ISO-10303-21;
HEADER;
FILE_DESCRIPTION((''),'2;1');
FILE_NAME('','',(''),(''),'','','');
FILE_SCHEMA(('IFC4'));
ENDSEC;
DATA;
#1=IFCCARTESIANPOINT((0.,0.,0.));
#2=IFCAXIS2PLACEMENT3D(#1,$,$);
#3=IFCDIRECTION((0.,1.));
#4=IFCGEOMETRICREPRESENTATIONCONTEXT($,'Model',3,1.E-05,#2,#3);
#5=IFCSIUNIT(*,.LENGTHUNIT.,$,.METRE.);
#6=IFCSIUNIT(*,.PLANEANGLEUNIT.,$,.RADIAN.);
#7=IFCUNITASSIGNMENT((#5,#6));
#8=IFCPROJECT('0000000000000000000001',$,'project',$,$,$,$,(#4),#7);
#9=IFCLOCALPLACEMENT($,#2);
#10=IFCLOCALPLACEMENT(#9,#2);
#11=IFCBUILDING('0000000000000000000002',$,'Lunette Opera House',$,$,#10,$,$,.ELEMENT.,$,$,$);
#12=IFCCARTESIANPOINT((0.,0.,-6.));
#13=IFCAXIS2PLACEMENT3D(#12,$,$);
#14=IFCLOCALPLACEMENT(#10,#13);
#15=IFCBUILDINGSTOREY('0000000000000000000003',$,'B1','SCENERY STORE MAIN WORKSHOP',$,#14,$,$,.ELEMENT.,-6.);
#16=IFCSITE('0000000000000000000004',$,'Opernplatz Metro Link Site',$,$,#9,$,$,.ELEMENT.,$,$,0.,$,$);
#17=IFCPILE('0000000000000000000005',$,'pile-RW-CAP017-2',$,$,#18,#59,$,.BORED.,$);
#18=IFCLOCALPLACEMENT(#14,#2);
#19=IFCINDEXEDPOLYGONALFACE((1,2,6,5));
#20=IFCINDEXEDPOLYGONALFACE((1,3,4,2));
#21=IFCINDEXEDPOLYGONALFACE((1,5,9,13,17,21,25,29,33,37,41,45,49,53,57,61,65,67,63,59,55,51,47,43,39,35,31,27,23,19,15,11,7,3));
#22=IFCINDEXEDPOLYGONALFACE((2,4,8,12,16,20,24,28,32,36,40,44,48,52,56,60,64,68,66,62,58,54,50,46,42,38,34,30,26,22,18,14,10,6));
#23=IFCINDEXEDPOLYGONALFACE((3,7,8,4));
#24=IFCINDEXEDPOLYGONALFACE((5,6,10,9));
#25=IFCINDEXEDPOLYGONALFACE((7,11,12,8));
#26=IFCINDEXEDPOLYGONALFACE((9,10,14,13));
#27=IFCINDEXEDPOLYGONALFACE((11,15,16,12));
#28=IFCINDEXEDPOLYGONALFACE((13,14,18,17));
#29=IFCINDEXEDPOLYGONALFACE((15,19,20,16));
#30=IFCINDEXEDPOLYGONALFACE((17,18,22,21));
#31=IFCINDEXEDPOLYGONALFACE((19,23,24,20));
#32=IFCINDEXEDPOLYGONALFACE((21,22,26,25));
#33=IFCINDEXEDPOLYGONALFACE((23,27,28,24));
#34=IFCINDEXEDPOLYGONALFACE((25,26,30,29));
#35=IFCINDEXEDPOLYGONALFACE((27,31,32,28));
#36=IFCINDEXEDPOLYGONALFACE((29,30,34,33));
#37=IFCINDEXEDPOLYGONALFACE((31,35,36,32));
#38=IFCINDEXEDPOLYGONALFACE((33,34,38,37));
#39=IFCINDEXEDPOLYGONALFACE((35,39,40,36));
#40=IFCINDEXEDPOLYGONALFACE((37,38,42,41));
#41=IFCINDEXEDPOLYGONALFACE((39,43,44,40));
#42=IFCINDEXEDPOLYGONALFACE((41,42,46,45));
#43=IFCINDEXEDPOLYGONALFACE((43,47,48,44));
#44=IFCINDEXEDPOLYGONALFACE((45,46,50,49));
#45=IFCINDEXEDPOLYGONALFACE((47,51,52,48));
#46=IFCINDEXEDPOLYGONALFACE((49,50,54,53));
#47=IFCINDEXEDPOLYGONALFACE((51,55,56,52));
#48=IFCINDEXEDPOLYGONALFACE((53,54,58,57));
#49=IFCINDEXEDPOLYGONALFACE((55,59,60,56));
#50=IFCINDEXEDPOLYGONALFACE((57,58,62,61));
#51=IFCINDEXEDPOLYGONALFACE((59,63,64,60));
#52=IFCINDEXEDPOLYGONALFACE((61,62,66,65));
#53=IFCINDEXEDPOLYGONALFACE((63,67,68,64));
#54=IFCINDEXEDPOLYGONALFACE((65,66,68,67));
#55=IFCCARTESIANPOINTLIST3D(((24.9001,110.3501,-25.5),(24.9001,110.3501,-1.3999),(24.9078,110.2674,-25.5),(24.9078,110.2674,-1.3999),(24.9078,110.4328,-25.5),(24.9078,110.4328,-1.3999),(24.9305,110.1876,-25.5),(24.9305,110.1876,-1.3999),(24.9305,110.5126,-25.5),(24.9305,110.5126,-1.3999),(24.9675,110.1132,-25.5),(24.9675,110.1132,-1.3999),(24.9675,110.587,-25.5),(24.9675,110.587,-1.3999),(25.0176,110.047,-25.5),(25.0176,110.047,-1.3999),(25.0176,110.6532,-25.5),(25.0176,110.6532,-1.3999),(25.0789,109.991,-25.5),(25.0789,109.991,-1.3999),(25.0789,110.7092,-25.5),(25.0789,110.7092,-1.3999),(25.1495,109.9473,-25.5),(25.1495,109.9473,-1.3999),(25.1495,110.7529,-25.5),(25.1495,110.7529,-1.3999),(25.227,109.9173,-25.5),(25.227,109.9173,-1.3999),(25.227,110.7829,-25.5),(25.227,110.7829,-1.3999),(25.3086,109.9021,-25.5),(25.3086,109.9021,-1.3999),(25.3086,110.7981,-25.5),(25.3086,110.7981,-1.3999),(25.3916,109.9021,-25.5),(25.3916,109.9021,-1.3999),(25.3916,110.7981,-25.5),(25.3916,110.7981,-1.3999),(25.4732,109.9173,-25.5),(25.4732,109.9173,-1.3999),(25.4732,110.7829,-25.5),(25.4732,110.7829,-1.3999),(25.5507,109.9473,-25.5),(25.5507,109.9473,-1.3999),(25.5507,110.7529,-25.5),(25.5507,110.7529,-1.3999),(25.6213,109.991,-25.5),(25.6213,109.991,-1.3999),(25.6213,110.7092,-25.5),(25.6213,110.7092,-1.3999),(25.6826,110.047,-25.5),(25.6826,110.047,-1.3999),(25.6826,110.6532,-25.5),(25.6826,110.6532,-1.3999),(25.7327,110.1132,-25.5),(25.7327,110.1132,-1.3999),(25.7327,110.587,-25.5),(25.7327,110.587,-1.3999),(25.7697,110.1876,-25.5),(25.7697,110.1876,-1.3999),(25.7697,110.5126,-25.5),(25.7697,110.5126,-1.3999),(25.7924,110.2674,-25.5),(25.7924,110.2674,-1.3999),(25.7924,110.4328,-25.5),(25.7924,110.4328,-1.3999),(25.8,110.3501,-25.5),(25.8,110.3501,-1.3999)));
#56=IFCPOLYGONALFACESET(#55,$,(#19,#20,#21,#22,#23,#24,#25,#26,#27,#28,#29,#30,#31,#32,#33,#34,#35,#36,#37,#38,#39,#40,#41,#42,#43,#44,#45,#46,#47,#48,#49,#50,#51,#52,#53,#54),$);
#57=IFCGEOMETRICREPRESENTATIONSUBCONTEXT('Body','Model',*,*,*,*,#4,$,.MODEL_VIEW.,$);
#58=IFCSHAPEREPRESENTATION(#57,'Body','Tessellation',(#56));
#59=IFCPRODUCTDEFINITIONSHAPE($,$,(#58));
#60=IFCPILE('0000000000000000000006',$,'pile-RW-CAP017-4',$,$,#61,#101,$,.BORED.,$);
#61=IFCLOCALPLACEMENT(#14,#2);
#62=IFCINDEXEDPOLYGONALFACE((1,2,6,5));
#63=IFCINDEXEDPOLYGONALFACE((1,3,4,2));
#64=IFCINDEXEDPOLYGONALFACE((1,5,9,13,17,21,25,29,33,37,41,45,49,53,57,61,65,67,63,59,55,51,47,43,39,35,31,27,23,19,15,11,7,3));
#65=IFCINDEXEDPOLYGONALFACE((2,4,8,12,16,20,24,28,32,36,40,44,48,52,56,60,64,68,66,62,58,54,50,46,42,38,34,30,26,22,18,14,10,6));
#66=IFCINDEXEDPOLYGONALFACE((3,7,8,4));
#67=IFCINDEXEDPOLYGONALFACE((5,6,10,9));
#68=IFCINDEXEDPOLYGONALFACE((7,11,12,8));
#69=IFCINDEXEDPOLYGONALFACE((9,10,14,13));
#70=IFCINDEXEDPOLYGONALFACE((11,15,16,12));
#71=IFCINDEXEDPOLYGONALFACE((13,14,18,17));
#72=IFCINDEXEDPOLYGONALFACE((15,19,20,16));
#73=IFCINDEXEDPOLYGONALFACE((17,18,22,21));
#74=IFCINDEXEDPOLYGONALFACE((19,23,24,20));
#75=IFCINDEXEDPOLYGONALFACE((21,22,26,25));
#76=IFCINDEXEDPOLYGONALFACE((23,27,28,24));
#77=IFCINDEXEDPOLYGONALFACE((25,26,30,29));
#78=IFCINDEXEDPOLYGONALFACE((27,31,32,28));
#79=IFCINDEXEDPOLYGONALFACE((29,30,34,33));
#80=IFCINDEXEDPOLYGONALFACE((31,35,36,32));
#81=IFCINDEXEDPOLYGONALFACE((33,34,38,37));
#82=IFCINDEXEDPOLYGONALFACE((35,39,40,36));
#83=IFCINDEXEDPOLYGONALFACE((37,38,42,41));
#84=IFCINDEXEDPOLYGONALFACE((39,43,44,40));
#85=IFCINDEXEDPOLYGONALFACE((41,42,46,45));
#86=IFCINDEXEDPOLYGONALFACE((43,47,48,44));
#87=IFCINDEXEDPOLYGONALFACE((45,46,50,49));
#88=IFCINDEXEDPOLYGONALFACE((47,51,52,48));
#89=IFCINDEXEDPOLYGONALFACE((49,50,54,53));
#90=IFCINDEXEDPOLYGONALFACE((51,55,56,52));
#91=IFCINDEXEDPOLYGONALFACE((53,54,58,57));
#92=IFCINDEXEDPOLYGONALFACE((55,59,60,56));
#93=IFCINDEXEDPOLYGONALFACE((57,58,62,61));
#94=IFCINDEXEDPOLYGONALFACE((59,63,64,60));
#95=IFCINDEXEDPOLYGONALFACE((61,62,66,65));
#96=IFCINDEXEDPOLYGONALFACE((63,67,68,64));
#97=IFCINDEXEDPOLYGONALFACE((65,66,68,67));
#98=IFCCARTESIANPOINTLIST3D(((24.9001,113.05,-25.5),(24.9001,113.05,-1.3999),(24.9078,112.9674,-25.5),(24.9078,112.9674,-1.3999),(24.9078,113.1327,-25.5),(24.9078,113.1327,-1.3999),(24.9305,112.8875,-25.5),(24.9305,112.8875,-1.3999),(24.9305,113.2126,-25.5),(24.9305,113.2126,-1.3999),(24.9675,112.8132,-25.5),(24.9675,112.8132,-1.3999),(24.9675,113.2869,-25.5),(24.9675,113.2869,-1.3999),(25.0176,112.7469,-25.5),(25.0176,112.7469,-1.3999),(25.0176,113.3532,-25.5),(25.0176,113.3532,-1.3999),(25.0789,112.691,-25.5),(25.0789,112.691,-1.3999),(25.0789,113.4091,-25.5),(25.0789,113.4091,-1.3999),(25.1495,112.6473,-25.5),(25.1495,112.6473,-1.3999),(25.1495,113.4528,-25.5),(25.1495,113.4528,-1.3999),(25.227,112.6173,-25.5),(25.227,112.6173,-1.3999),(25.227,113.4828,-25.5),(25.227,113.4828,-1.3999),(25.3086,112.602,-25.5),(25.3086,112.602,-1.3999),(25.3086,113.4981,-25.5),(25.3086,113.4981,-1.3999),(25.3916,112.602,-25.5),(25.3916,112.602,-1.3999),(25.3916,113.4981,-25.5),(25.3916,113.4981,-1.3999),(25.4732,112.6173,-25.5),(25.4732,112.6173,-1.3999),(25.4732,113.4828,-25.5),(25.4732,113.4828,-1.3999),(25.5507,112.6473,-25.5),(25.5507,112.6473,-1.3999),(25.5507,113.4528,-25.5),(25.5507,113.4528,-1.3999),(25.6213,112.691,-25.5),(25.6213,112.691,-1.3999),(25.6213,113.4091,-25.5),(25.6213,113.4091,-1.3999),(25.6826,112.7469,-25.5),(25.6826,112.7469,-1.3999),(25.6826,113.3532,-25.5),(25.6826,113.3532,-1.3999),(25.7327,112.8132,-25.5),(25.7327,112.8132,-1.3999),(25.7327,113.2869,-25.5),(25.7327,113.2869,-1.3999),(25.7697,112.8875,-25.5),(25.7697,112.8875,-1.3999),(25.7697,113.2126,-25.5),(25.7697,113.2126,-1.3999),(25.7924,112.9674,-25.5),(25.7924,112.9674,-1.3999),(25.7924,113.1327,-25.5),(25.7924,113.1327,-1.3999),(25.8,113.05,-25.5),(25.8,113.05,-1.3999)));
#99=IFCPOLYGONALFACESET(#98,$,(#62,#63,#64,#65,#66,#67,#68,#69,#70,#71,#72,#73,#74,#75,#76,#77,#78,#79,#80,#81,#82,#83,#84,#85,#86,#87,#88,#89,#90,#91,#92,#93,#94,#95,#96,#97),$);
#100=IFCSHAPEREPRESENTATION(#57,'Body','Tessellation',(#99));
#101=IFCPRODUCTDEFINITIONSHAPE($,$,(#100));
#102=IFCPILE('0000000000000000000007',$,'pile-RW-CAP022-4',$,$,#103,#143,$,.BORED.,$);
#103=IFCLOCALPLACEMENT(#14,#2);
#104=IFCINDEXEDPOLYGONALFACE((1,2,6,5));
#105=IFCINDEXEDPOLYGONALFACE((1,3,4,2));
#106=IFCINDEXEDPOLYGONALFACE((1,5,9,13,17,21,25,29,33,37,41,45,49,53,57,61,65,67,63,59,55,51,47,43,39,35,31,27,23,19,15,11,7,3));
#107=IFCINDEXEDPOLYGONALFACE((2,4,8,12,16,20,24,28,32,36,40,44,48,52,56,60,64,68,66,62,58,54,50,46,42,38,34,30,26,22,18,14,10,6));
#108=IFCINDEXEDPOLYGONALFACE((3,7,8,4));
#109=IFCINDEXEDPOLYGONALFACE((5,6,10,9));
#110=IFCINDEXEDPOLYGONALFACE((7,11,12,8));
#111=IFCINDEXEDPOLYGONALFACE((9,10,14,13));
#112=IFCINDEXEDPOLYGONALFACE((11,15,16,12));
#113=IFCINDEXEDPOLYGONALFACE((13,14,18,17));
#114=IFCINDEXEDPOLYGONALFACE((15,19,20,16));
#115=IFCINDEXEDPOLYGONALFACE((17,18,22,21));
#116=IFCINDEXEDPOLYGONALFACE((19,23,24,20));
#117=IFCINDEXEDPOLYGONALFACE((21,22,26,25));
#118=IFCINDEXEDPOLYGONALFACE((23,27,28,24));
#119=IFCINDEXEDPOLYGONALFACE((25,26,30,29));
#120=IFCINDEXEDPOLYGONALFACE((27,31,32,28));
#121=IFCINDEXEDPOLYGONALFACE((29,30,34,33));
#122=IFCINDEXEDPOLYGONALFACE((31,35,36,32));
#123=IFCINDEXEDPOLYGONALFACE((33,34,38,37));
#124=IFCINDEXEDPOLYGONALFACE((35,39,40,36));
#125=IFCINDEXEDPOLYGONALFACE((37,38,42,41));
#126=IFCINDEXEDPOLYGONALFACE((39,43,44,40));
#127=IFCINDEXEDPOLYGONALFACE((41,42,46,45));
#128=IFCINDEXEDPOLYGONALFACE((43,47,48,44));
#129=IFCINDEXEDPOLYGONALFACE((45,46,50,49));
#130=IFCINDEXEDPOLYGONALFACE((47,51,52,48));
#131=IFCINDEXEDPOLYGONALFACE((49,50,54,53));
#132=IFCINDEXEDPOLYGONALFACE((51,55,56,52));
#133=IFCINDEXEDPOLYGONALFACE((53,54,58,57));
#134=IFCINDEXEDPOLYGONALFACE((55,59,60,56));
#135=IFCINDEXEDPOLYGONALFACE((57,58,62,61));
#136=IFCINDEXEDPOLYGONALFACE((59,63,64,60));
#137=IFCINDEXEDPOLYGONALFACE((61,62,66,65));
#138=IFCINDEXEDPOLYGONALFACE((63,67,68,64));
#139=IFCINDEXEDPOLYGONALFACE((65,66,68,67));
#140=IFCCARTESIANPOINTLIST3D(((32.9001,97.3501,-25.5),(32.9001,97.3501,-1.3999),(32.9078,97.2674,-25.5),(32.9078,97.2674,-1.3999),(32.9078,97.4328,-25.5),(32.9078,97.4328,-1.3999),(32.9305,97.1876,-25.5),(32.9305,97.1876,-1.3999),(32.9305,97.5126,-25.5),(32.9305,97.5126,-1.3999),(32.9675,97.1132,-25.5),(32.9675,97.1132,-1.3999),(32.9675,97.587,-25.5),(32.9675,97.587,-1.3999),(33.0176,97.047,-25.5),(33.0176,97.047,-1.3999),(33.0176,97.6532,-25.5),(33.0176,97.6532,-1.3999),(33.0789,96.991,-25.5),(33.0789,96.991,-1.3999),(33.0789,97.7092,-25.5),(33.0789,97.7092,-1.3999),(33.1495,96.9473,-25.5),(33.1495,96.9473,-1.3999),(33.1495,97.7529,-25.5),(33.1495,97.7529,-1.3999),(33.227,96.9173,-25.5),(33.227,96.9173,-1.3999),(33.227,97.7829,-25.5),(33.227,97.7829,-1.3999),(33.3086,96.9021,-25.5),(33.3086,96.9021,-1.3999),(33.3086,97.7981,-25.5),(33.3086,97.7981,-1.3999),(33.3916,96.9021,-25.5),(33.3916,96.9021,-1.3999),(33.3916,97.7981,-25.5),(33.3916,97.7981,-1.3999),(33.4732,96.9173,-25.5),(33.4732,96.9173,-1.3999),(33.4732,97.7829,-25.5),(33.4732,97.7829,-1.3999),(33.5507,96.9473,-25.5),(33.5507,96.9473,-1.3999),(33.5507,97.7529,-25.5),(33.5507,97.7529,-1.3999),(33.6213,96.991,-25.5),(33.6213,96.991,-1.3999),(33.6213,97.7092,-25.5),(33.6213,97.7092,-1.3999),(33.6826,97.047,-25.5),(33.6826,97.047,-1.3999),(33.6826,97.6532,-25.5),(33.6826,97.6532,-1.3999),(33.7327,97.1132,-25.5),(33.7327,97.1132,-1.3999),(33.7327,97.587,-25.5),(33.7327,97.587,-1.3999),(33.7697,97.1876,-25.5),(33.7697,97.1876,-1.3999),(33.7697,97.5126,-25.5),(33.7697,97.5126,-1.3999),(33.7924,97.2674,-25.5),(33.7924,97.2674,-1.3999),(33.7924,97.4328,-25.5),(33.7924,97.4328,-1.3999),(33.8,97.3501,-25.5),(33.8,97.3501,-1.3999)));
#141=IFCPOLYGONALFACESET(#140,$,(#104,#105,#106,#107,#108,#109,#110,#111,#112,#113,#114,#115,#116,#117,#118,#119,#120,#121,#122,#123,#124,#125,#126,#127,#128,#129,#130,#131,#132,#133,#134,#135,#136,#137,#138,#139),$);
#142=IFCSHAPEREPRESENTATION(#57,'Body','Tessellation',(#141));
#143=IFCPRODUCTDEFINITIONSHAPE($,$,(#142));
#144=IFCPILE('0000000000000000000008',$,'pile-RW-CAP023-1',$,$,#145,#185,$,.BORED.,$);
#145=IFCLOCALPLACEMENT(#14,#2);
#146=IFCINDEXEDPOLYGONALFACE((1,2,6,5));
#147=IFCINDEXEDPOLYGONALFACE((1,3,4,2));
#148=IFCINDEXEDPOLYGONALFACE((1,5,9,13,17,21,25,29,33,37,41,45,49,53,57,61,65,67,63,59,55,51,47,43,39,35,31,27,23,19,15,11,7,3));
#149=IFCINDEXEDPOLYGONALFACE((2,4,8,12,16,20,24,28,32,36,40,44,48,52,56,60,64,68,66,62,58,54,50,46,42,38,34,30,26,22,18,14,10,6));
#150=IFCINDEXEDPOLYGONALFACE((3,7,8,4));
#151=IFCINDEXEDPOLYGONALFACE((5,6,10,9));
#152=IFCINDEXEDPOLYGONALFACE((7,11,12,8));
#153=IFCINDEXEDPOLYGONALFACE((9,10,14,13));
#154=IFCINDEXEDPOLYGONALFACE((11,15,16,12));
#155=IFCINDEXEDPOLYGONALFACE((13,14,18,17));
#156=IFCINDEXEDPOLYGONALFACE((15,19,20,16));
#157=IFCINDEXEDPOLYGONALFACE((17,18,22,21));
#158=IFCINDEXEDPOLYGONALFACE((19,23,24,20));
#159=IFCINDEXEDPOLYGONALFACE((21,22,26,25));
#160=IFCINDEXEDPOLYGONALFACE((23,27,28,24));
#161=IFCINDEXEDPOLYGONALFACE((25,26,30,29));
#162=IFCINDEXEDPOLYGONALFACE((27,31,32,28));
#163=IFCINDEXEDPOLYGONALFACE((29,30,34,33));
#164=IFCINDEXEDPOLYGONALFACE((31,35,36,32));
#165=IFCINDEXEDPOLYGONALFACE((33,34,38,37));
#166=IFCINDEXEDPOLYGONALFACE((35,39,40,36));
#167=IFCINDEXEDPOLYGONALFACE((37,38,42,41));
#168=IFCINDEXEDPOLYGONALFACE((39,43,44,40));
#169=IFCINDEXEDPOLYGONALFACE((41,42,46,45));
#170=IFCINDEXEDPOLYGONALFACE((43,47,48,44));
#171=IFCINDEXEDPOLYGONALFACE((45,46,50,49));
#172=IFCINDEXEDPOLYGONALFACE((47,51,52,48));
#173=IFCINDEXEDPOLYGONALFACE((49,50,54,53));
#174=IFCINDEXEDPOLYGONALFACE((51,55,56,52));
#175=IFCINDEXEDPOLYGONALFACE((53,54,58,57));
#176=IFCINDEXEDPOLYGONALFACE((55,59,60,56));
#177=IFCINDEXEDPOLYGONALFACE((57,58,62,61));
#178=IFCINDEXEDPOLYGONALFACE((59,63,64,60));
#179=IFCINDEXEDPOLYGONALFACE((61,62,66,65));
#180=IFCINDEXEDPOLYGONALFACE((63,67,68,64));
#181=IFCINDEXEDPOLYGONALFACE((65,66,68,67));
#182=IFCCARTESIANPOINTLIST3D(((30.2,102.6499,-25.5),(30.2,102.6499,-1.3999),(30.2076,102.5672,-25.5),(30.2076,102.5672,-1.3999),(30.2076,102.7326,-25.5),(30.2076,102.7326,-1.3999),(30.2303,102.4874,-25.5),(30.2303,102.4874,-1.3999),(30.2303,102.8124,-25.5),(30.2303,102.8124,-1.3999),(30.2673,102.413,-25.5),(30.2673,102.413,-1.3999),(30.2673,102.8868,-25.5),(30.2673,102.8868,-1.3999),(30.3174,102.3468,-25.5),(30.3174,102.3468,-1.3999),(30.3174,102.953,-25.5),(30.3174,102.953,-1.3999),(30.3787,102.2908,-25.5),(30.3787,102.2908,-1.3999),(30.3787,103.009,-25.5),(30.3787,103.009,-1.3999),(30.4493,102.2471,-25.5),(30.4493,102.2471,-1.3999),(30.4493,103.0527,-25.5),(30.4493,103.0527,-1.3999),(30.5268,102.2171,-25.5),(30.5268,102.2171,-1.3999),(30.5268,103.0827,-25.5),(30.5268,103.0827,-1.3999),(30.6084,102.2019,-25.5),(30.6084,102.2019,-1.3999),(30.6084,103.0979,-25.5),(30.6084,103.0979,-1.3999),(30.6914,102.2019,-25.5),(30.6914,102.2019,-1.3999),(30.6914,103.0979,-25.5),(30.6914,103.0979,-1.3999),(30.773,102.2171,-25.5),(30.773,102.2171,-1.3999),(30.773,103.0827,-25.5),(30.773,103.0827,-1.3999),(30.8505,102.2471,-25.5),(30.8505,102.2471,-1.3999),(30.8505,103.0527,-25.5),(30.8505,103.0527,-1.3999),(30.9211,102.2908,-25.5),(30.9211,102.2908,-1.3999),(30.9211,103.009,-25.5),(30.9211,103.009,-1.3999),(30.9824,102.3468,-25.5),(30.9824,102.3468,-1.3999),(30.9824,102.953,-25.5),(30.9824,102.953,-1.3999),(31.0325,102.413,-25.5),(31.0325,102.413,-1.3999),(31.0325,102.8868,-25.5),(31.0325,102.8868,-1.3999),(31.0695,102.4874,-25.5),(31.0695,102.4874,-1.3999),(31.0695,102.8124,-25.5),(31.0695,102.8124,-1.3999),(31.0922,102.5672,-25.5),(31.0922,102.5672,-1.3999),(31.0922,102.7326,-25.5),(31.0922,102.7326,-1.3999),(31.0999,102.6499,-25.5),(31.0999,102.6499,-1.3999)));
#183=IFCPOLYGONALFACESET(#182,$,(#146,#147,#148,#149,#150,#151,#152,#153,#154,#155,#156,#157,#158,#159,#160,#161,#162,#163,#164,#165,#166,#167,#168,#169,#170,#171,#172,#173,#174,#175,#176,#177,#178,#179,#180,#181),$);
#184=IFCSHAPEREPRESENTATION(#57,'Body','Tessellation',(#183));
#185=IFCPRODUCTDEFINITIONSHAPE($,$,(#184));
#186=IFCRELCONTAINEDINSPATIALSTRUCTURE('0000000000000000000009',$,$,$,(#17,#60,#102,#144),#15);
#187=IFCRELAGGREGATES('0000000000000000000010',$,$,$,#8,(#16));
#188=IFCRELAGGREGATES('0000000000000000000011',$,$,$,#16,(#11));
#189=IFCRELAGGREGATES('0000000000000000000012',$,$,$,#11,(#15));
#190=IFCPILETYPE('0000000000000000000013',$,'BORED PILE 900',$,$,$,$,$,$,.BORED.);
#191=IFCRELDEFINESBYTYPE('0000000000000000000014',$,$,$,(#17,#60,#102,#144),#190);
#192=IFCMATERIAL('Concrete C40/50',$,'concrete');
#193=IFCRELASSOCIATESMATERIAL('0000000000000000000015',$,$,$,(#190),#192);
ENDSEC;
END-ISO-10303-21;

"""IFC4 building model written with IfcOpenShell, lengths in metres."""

from ifc_helpers import new_model, si_unit, direction, frame, origin, origin_2d, place, context, subcontext, project, spatial, circle, extrude, material, material_profile, profile_set, type_object, element, save


model = new_model("IFC4")

# Units and contexts
model_context = context("Model", 3, precision=1e-05, world=origin(), true_north=direction((0.0, 1.0)))
body_context = subcontext(model_context, "Body", "Model", "MODEL_VIEW")
ifc_project = project(units=[si_unit("LENGTHUNIT", "METRE"), si_unit("PLANEANGLEUNIT", "RADIAN")], contexts=[model_context])

# Site, building, storey
site_placement = place(None, origin())
site = spatial("IfcSite", under=ifc_project, at=site_placement, Name="Opernplatz Metro Link Site", CompositionType="ELEMENT", RefElevation=0.0)
building_placement = place(site_placement, origin())
building = spatial("IfcBuilding", under=site, at=building_placement, Name="Lunette Opera House", CompositionType="ELEMENT")
storey_placement = place(building_placement, frame((0.0, 0.0, -6.0)))
storey = spatial("IfcBuildingStorey", under=building, at=storey_placement, Name="B1", Description="SCENERY STORE MAIN WORKSHOP", CompositionType="ELEMENT", Elevation=-6.0)

# Piles
ifc_material_1 = material(Name="Concrete C40/50", Category="concrete")
ifc_material_profile_1 = material_profile(ifc_material_1, circle(Radius=0.45, at=origin_2d()), Name="BORED PILE 900")
ifc_profile_set_1 = profile_set([ifc_material_profile_1], Name="Concrete C40/50")
pile_type = type_object("IfcPileType", Name="BORED PILE 900", PredefinedType="BORED", material=ifc_profile_set_1)
for number, where, z_axis, x_axis, name in (
    (1, (25.3501, 110.3501, -1.3999), (0.0, 0.0, -1.0), (1.0, 0.0, 0.0), "pile-RW-CAP017-2"),
    (2, (25.3501, 113.05, -1.3999), (0.0, 0.0, -1.0), (1.0, 0.0, 0.0), "pile-RW-CAP017-4"),
    (3, (33.3501, 97.3501, -1.3999), (0.0, 0.0, -1.0), (1.0, 0.0, 0.0), "pile-RW-CAP022-4"),
    (4, (30.6499, 102.6499, -1.3999), (0.0, 0.0, -1.0), (1.0, 0.0, 0.0), "pile-RW-CAP023-1"),
):
    element("IfcPile", number, at=place(storey_placement, frame(where, z_axis=z_axis, x_axis=x_axis)), inside=storey, type_object=pile_type, Name=name, PredefinedType="BORED", context=body_context, shape_type="SweptSolid", body=[
        extrude(circle(Radius=0.45, at=origin_2d()), origin(), (0.0, 0.0, 1.0), 24.1001),
    ])

save(model, "model.ifc")
